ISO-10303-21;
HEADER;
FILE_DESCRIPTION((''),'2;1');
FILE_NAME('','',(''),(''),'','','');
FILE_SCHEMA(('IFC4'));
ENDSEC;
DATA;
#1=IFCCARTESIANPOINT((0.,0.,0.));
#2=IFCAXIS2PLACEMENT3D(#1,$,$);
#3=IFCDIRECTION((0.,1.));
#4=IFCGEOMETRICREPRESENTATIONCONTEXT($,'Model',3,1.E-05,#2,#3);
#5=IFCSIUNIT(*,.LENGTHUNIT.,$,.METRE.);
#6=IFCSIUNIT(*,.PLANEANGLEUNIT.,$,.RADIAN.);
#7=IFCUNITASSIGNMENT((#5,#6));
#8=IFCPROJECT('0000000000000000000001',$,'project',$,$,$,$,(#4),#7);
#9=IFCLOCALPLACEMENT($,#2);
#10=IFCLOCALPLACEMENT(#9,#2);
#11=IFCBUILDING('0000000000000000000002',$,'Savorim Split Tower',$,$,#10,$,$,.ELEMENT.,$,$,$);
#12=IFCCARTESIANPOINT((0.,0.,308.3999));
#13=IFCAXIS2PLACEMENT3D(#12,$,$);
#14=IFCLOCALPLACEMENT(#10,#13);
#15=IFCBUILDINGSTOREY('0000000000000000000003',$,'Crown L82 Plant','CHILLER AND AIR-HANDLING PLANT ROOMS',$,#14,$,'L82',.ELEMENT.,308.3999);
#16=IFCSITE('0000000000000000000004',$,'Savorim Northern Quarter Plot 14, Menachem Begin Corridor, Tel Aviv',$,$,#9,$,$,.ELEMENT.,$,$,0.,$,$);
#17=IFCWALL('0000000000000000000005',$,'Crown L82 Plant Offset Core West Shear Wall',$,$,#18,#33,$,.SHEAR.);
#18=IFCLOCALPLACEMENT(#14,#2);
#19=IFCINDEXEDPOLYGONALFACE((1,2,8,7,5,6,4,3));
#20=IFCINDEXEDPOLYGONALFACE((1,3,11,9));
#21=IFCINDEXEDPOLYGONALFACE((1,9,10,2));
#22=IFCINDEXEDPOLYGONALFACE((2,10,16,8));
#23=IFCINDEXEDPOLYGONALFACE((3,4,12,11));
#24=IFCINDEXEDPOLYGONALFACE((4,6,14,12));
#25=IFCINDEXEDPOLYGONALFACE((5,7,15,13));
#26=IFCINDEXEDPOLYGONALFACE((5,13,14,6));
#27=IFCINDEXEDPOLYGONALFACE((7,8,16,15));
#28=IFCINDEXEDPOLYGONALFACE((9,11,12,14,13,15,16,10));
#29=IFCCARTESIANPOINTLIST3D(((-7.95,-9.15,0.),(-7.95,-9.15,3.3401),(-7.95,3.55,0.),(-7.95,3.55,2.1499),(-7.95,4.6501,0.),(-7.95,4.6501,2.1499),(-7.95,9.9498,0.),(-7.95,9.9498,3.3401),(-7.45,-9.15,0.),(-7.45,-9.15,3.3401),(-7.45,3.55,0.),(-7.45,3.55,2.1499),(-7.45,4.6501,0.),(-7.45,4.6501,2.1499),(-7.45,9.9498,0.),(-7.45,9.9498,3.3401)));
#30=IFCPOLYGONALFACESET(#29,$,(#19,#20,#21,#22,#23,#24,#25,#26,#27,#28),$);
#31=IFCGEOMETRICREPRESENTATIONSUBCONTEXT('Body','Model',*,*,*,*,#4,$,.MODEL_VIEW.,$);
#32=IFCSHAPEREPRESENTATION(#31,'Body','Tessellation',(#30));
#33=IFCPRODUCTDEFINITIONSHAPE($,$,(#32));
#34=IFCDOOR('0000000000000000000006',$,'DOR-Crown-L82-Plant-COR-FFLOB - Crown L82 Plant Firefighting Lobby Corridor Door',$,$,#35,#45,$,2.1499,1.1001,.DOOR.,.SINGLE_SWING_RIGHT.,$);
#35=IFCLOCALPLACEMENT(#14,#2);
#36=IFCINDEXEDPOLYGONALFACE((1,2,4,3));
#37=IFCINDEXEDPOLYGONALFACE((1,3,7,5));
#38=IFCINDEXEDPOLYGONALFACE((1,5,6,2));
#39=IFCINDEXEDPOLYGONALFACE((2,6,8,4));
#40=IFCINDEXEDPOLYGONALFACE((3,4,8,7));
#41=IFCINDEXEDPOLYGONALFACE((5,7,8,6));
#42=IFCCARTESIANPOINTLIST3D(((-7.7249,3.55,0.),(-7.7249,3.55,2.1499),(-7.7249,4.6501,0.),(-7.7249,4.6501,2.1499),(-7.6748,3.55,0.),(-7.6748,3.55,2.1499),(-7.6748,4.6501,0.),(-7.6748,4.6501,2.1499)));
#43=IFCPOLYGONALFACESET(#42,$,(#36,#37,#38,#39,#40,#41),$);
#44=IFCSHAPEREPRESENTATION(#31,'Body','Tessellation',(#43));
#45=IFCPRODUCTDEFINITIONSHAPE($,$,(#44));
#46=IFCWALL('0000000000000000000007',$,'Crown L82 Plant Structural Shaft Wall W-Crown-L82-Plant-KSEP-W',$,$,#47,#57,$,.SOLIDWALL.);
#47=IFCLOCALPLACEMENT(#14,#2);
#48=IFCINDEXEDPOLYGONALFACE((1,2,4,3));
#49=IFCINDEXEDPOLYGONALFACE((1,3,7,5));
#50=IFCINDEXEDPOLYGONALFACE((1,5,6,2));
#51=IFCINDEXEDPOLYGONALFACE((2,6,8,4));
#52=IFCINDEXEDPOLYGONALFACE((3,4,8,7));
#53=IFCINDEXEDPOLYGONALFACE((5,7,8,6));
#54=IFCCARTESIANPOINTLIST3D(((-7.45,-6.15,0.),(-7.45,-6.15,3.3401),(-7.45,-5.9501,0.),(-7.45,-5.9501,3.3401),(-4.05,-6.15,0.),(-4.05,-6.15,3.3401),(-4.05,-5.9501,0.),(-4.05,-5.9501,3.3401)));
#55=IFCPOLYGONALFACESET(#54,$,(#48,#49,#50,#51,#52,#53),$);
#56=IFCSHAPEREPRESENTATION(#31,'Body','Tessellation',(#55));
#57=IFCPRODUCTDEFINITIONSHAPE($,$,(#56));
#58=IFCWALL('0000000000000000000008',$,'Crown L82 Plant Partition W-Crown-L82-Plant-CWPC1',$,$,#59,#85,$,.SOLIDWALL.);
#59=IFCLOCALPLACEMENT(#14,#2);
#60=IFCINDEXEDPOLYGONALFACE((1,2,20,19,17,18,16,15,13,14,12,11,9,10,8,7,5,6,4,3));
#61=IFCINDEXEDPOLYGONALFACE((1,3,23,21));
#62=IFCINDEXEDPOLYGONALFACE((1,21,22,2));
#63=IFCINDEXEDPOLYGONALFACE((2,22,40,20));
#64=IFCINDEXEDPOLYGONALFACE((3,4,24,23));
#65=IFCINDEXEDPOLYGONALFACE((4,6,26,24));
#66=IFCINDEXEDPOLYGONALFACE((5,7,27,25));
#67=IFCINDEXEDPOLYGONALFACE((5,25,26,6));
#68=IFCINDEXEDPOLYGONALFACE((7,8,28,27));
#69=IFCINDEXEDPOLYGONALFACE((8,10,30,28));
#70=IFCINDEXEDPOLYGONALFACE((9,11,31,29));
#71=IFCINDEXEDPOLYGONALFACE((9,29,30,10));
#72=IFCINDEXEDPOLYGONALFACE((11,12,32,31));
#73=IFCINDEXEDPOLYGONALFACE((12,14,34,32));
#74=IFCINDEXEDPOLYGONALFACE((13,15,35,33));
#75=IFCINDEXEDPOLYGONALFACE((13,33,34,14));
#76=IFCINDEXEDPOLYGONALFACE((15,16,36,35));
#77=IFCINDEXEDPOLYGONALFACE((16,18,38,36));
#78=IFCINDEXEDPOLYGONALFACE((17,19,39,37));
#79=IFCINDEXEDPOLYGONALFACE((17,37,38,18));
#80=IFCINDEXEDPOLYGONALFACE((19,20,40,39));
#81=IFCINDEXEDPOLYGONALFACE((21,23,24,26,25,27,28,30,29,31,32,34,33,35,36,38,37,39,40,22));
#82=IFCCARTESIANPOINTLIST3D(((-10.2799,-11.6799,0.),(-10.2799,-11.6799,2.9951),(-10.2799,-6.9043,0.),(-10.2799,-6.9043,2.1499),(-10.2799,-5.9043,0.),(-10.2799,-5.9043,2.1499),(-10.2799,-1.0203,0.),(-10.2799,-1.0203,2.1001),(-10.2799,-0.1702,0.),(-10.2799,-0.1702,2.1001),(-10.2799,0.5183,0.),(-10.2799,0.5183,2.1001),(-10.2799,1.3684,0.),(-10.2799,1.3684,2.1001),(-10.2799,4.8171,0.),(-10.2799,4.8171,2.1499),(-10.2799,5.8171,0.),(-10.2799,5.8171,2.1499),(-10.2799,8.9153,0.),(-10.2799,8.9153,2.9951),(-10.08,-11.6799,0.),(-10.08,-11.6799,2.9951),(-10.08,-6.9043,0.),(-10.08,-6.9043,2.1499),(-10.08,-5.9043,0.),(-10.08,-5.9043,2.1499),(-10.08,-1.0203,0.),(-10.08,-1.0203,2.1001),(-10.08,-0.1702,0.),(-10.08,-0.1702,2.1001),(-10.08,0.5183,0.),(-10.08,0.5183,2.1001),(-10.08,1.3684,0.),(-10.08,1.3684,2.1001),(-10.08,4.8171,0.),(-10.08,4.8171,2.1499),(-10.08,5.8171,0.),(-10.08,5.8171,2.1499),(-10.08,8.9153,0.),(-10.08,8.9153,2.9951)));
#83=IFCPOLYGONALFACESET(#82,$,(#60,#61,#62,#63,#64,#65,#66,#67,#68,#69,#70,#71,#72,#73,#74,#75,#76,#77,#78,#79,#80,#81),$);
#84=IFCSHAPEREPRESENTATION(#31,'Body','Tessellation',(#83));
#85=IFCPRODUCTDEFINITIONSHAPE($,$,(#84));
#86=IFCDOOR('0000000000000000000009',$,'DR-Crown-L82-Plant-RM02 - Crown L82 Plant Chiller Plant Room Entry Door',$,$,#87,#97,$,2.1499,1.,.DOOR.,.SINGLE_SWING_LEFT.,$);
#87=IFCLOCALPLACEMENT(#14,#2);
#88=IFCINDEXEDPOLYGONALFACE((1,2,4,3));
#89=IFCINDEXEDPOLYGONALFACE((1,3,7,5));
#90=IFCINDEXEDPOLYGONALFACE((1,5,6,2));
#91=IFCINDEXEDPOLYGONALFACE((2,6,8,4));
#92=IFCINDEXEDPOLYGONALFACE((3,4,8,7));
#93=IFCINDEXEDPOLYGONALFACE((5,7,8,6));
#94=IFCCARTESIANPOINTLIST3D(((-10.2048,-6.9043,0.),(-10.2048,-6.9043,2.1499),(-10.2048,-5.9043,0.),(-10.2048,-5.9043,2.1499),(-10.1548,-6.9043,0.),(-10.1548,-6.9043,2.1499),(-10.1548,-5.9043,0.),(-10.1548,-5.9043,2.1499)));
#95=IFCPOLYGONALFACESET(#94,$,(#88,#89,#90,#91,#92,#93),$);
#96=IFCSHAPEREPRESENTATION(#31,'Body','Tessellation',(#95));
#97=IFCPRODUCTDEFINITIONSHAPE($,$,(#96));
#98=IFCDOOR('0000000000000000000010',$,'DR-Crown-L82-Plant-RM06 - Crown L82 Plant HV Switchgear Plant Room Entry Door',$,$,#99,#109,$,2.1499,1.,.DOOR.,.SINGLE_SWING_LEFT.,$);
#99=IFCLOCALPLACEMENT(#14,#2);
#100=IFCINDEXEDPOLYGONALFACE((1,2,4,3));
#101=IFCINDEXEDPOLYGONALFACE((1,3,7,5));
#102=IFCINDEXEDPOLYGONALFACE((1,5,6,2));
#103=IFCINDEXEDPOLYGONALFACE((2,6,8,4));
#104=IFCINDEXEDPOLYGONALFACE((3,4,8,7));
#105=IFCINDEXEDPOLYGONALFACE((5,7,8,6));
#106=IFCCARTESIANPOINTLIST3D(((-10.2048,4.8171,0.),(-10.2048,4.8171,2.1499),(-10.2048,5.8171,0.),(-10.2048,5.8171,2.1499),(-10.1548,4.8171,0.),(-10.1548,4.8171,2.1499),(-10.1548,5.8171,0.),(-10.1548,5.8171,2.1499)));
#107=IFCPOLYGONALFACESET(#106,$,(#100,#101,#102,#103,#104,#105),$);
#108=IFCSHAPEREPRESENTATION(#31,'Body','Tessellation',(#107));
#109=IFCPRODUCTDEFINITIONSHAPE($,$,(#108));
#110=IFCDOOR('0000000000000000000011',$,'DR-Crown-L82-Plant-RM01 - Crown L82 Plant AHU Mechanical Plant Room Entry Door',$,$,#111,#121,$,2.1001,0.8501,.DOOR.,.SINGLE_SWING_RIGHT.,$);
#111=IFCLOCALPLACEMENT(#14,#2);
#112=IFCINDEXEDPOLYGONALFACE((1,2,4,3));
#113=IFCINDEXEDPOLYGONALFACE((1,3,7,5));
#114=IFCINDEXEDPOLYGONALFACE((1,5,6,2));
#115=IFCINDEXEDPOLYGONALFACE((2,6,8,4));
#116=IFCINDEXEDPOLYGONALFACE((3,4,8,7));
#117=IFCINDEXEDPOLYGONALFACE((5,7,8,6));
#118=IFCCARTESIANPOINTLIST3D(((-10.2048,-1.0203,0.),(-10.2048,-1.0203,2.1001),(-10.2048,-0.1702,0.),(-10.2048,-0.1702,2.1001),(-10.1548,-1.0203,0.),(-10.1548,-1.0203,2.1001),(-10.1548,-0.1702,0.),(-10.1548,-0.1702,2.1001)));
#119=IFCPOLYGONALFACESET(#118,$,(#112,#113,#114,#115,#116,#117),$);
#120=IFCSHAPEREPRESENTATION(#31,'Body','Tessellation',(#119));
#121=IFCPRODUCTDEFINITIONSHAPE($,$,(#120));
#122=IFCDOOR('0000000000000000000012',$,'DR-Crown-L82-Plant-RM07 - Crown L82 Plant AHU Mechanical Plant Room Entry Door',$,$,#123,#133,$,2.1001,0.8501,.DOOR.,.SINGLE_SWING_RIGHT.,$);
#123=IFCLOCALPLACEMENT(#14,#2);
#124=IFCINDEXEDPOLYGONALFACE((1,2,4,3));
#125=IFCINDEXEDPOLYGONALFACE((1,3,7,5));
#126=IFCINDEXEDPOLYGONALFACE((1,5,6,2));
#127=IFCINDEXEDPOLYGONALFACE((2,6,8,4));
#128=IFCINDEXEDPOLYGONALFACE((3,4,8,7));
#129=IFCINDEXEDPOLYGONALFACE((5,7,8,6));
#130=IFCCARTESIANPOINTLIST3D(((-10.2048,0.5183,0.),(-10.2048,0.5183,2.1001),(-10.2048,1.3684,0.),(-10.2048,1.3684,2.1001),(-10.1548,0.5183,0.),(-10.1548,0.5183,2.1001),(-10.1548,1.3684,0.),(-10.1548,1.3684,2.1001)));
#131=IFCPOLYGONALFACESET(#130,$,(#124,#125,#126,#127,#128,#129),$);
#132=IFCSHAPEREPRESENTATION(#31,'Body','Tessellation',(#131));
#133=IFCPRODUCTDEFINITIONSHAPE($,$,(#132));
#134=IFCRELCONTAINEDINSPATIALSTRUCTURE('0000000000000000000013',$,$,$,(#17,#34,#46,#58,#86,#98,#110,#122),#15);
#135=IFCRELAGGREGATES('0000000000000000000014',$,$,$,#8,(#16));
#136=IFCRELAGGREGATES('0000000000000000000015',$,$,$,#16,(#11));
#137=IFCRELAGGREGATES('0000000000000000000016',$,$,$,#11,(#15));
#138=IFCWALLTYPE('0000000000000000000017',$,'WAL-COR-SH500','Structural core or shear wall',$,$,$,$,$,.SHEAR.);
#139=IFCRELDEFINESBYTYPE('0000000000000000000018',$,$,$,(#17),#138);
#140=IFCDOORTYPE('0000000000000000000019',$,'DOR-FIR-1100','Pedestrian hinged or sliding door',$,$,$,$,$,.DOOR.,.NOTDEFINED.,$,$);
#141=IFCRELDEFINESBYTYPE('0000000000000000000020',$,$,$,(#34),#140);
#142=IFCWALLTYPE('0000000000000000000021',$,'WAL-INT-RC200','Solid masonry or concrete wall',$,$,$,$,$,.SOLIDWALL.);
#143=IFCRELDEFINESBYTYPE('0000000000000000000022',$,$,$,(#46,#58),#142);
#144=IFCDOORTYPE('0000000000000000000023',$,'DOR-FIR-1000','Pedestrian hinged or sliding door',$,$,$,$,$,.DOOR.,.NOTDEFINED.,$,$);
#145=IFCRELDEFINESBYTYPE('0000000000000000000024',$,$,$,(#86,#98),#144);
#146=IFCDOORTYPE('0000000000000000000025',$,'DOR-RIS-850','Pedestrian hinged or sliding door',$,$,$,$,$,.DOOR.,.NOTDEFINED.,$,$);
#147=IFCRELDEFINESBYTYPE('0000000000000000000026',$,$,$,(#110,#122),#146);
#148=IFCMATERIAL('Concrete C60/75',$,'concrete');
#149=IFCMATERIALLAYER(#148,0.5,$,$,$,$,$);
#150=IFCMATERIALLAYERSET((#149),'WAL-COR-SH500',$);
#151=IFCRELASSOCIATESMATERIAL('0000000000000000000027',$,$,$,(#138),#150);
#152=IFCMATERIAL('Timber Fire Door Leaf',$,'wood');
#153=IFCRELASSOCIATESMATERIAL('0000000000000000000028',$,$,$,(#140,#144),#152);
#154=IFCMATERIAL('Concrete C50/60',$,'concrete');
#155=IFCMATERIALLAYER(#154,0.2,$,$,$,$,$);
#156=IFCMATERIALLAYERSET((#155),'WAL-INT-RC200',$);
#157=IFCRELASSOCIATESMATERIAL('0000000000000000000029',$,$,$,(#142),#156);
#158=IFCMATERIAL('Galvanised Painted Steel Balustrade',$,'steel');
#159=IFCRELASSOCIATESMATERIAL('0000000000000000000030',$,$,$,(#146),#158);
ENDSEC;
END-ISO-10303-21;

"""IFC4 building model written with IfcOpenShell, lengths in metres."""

from ifc_helpers import new_model, si_unit, direction, frame, frame_2d, origin, place, context, subcontext, project, spatial, rectangle, extrude, material, layer, layer_set, type_object, element, fill, save


model = new_model("IFC4")

# Units and contexts
model_context = context("Model", 3, precision=1e-05, world=origin(), true_north=direction((0.0, 1.0)))
body_context = subcontext(model_context, "Body", "Model", "MODEL_VIEW")
ifc_project = project(units=[si_unit("LENGTHUNIT", "METRE"), si_unit("PLANEANGLEUNIT", "RADIAN")], contexts=[model_context])

# Site, building, storey
site_placement = place(None, origin())
site = spatial("IfcSite", under=ifc_project, at=site_placement, Name="Savorim Northern Quarter Plot 14, Menachem Begin Corridor, Tel Aviv", CompositionType="ELEMENT", RefElevation=0.0)
building_placement = place(site_placement, origin())
building = spatial("IfcBuilding", under=site, at=building_placement, Name="Savorim Split Tower", CompositionType="ELEMENT")
storey_placement = place(building_placement, frame((0.0, 0.0, 308.3999)))
storey = spatial("IfcBuildingStorey", under=building, at=storey_placement, Name="Crown L82 Plant", Description="CHILLER AND AIR-HANDLING PLANT ROOMS", LongName="L82", CompositionType="ELEMENT", Elevation=308.3999)

# Wall, opening, door
ifc_material_1 = material(Name="Concrete C60/75", Category="concrete")
ifc_layer_1 = layer(ifc_material_1, 0.5)
ifc_layer_set_1 = layer_set([ifc_layer_1], Name="WAL-COR-SH500")
wall_type_1 = type_object("IfcWallType", Name="WAL-COR-SH500", Description="Structural core or shear wall", PredefinedType="SHEAR", material=ifc_layer_set_1)
ifc_material_2 = material(Name="Timber Fire Door Leaf", Category="wood")
wall_1_placement = place(storey_placement, frame((-7.7, -9.1499, 0.0), z_axis=(0.0, 0.0, 1.0), x_axis=(0.0, 1.0, 0.0)))
wall_1 = element("IfcWall", 1, at=wall_1_placement, inside=storey, type_object=wall_type_1, Name="Crown L82 Plant Offset Core West Shear Wall", PredefinedType="SHEAR", context=body_context, shape_type="SweptSolid", body=[
    extrude(rectangle(XDim=19.0999, YDim=0.5, at=frame_2d((9.5498, 0.0))), origin(), (0.0, 0.0, 1.0), 3.3401),
])
opening_1_placement = place(wall_1_placement, frame((12.7, 0.0, 0.0)))
opening_1 = element("IfcOpeningElement", 2, at=opening_1_placement, cuts=wall_1, PredefinedType="OPENING", context=body_context, shape_type="SweptSolid", body=[
    extrude(rectangle(XDim=1.1001, YDim=2.1499, at=frame_2d((0.55, 1.075))), frame((0.0, 0.26, 0.0), z_axis=(0.0, -1.0, 0.0), x_axis=(1.0, 0.0, 0.0)), (0.0, 0.0, 1.0), 0.52),
])
door_type_1 = type_object("IfcDoorType", Name="DOR-FIR-1100", Description="Pedestrian hinged or sliding door", OperationType="NOTDEFINED", PredefinedType="DOOR", material=ifc_material_2)
door_1_placement = place(opening_1_placement, origin())
door_1 = element("IfcDoor", 3, at=door_1_placement, inside=storey, type_object=door_type_1, Name="DOR-Crown-L82-Plant-COR-FFLOB - Crown L82 Plant Firefighting Lobby Corridor Door", OperationType="SINGLE_SWING_RIGHT", OverallHeight=2.1499, OverallWidth=1.1001, PredefinedType="DOOR", context=body_context, shape_type="SweptSolid", body=[
    extrude(rectangle(XDim=1.1001, YDim=2.1499, at=frame_2d((0.55, 1.075))), frame((0.0, 0.0249, 0.0), z_axis=(0.0, -1.0, 0.0), x_axis=(1.0, 0.0, 0.0)), (0.0, 0.0, 1.0), 0.05),
])
fill(opening_1, door_1)

# Wall
ifc_material_3 = material(Name="Concrete C50/60", Category="concrete")
ifc_layer_2 = layer(ifc_material_3, 0.2)
ifc_layer_set_2 = layer_set([ifc_layer_2], Name="WAL-INT-RC200")
wall_type_2 = type_object("IfcWallType", Name="WAL-INT-RC200", Description="Solid masonry or concrete wall", PredefinedType="SOLIDWALL", material=ifc_layer_set_2)
wall_2_placement = place(storey_placement, frame((-7.45, -6.05, 0.0), z_axis=(0.0, 0.0, 1.0), x_axis=(1.0, 0.0, 0.0)))
element("IfcWall", 4, at=wall_2_placement, inside=storey, type_object=wall_type_2, Name="Crown L82 Plant Structural Shaft Wall W-Crown-L82-Plant-KSEP-W", PredefinedType="SOLIDWALL", context=body_context, shape_type="SweptSolid", body=[
    extrude(rectangle(XDim=3.3999, YDim=0.2, at=frame_2d((1.7, 0.0))), origin(), (0.0, 0.0, 1.0), 3.3401),
])

# Wall, openings, doors
wall_3_placement = place(storey_placement, frame((-10.1799, -11.6799, 0.0), z_axis=(0.0, 0.0, 1.0), x_axis=(0.0, 1.0, 0.0)))
wall_3 = element("IfcWall", 5, at=wall_3_placement, inside=storey, type_object=wall_type_2, Name="Crown L82 Plant Partition W-Crown-L82-Plant-CWPC1", PredefinedType="SOLIDWALL", context=body_context, shape_type="SweptSolid", body=[
    extrude(rectangle(XDim=20.5952, YDim=0.2, at=frame_2d((10.2976, 0.0))), origin(), (0.0, 0.0, 1.0), 2.9951),
])
opening_2_placement = place(wall_3_placement, frame((10.6597, 0.0, 0.0)))
opening_2 = element("IfcOpeningElement", 6, at=opening_2_placement, cuts=wall_3, PredefinedType="OPENING", context=body_context, shape_type="SweptSolid", body=[
    extrude(rectangle(XDim=0.8501, YDim=2.1001, at=frame_2d((0.425, 1.05))), frame((0.0, 0.1099, 0.0), z_axis=(0.0, -1.0, 0.0), x_axis=(1.0, 0.0, 0.0)), (0.0, 0.0, 1.0), 0.22),
])
opening_3_placement = place(wall_3_placement, frame((4.7756, 0.0, 0.0)))
opening_3 = element("IfcOpeningElement", 7, at=opening_3_placement, cuts=wall_3, PredefinedType="OPENING", context=body_context, shape_type="SweptSolid", body=[
    extrude(rectangle(XDim=1.0, YDim=2.1499, at=frame_2d((0.5, 1.075))), frame((0.0, 0.1099, 0.0), z_axis=(0.0, -1.0, 0.0), x_axis=(1.0, 0.0, 0.0)), (0.0, 0.0, 1.0), 0.22),
])
opening_4_placement = place(wall_3_placement, frame((16.4971, 0.0, 0.0)))
opening_4 = element("IfcOpeningElement", 8, at=opening_4_placement, cuts=wall_3, PredefinedType="OPENING", context=body_context, shape_type="SweptSolid", body=[
    extrude(rectangle(XDim=1.0, YDim=2.1499, at=frame_2d((0.5, 1.075))), frame((0.0, 0.1099, 0.0), z_axis=(0.0, -1.0, 0.0), x_axis=(1.0, 0.0, 0.0)), (0.0, 0.0, 1.0), 0.22),
])
opening_5_placement = place(wall_3_placement, frame((12.1982, 0.0, 0.0)))
opening_5 = element("IfcOpeningElement", 9, at=opening_5_placement, cuts=wall_3, PredefinedType="OPENING", context=body_context, shape_type="SweptSolid", body=[
    extrude(rectangle(XDim=0.8501, YDim=2.1001, at=frame_2d((0.425, 1.05))), frame((0.0, 0.1099, 0.0), z_axis=(0.0, -1.0, 0.0), x_axis=(1.0, 0.0, 0.0)), (0.0, 0.0, 1.0), 0.22),
])
door_type_2 = type_object("IfcDoorType", Name="DOR-FIR-1000", Description="Pedestrian hinged or sliding door", OperationType="NOTDEFINED", PredefinedType="DOOR", material=ifc_material_2)
door_2_placement = place(opening_3_placement, origin())
door_2 = element("IfcDoor", 10, at=door_2_placement, inside=storey, type_object=door_type_2, Name="DR-Crown-L82-Plant-RM02 - Crown L82 Plant Chiller Plant Room Entry Door", OperationType="SINGLE_SWING_LEFT", OverallHeight=2.1499, OverallWidth=1.0, PredefinedType="DOOR", context=body_context, shape_type="SweptSolid", body=[
    extrude(rectangle(XDim=1.0, YDim=2.1499, at=frame_2d((0.5, 1.075))), frame((0.0, 0.0249, 0.0), z_axis=(0.0, -1.0, 0.0), x_axis=(1.0, 0.0, 0.0)), (0.0, 0.0, 1.0), 0.05),
])
fill(opening_3, door_2)
door_3_placement = place(opening_4_placement, origin())
door_3 = element("IfcDoor", 11, at=door_3_placement, inside=storey, type_object=door_type_2, Name="DR-Crown-L82-Plant-RM06 - Crown L82 Plant HV Switchgear Plant Room Entry Door", OperationType="SINGLE_SWING_LEFT", OverallHeight=2.1499, OverallWidth=1.0, PredefinedType="DOOR", context=body_context, shape_type="SweptSolid", body=[
    extrude(rectangle(XDim=1.0, YDim=2.1499, at=frame_2d((0.5, 1.075))), frame((0.0, 0.0249, 0.0), z_axis=(0.0, -1.0, 0.0), x_axis=(1.0, 0.0, 0.0)), (0.0, 0.0, 1.0), 0.05),
])
fill(opening_4, door_3)
ifc_material_4 = material(Name="Galvanised Painted Steel Balustrade", Category="steel")
door_type_3 = type_object("IfcDoorType", Name="DOR-RIS-850", Description="Pedestrian hinged or sliding door", OperationType="NOTDEFINED", PredefinedType="DOOR", material=ifc_material_4)
door_4_placement = place(opening_2_placement, origin())
door_4 = element("IfcDoor", 12, at=door_4_placement, inside=storey, type_object=door_type_3, Name="DR-Crown-L82-Plant-RM01 - Crown L82 Plant AHU Mechanical Plant Room Entry Door", OperationType="SINGLE_SWING_RIGHT", OverallHeight=2.1001, OverallWidth=0.8501, PredefinedType="DOOR", context=body_context, shape_type="SweptSolid", body=[
    extrude(rectangle(XDim=0.8501, YDim=2.1001, at=frame_2d((0.425, 1.05))), frame((0.0, 0.0249, 0.0), z_axis=(0.0, -1.0, 0.0), x_axis=(1.0, 0.0, 0.0)), (0.0, 0.0, 1.0), 0.05),
])
fill(opening_2, door_4)
door_5_placement = place(opening_5_placement, origin())
door_5 = element("IfcDoor", 13, at=door_5_placement, inside=storey, type_object=door_type_3, Name="DR-Crown-L82-Plant-RM07 - Crown L82 Plant AHU Mechanical Plant Room Entry Door", OperationType="SINGLE_SWING_RIGHT", OverallHeight=2.1001, OverallWidth=0.8501, PredefinedType="DOOR", context=body_context, shape_type="SweptSolid", body=[
    extrude(rectangle(XDim=0.8501, YDim=2.1001, at=frame_2d((0.425, 1.05))), frame((0.0, 0.0249, 0.0), z_axis=(0.0, -1.0, 0.0), x_axis=(1.0, 0.0, 0.0)), (0.0, 0.0, 1.0), 0.05),
])
fill(opening_5, door_5)

save(model, "model.ifc")
